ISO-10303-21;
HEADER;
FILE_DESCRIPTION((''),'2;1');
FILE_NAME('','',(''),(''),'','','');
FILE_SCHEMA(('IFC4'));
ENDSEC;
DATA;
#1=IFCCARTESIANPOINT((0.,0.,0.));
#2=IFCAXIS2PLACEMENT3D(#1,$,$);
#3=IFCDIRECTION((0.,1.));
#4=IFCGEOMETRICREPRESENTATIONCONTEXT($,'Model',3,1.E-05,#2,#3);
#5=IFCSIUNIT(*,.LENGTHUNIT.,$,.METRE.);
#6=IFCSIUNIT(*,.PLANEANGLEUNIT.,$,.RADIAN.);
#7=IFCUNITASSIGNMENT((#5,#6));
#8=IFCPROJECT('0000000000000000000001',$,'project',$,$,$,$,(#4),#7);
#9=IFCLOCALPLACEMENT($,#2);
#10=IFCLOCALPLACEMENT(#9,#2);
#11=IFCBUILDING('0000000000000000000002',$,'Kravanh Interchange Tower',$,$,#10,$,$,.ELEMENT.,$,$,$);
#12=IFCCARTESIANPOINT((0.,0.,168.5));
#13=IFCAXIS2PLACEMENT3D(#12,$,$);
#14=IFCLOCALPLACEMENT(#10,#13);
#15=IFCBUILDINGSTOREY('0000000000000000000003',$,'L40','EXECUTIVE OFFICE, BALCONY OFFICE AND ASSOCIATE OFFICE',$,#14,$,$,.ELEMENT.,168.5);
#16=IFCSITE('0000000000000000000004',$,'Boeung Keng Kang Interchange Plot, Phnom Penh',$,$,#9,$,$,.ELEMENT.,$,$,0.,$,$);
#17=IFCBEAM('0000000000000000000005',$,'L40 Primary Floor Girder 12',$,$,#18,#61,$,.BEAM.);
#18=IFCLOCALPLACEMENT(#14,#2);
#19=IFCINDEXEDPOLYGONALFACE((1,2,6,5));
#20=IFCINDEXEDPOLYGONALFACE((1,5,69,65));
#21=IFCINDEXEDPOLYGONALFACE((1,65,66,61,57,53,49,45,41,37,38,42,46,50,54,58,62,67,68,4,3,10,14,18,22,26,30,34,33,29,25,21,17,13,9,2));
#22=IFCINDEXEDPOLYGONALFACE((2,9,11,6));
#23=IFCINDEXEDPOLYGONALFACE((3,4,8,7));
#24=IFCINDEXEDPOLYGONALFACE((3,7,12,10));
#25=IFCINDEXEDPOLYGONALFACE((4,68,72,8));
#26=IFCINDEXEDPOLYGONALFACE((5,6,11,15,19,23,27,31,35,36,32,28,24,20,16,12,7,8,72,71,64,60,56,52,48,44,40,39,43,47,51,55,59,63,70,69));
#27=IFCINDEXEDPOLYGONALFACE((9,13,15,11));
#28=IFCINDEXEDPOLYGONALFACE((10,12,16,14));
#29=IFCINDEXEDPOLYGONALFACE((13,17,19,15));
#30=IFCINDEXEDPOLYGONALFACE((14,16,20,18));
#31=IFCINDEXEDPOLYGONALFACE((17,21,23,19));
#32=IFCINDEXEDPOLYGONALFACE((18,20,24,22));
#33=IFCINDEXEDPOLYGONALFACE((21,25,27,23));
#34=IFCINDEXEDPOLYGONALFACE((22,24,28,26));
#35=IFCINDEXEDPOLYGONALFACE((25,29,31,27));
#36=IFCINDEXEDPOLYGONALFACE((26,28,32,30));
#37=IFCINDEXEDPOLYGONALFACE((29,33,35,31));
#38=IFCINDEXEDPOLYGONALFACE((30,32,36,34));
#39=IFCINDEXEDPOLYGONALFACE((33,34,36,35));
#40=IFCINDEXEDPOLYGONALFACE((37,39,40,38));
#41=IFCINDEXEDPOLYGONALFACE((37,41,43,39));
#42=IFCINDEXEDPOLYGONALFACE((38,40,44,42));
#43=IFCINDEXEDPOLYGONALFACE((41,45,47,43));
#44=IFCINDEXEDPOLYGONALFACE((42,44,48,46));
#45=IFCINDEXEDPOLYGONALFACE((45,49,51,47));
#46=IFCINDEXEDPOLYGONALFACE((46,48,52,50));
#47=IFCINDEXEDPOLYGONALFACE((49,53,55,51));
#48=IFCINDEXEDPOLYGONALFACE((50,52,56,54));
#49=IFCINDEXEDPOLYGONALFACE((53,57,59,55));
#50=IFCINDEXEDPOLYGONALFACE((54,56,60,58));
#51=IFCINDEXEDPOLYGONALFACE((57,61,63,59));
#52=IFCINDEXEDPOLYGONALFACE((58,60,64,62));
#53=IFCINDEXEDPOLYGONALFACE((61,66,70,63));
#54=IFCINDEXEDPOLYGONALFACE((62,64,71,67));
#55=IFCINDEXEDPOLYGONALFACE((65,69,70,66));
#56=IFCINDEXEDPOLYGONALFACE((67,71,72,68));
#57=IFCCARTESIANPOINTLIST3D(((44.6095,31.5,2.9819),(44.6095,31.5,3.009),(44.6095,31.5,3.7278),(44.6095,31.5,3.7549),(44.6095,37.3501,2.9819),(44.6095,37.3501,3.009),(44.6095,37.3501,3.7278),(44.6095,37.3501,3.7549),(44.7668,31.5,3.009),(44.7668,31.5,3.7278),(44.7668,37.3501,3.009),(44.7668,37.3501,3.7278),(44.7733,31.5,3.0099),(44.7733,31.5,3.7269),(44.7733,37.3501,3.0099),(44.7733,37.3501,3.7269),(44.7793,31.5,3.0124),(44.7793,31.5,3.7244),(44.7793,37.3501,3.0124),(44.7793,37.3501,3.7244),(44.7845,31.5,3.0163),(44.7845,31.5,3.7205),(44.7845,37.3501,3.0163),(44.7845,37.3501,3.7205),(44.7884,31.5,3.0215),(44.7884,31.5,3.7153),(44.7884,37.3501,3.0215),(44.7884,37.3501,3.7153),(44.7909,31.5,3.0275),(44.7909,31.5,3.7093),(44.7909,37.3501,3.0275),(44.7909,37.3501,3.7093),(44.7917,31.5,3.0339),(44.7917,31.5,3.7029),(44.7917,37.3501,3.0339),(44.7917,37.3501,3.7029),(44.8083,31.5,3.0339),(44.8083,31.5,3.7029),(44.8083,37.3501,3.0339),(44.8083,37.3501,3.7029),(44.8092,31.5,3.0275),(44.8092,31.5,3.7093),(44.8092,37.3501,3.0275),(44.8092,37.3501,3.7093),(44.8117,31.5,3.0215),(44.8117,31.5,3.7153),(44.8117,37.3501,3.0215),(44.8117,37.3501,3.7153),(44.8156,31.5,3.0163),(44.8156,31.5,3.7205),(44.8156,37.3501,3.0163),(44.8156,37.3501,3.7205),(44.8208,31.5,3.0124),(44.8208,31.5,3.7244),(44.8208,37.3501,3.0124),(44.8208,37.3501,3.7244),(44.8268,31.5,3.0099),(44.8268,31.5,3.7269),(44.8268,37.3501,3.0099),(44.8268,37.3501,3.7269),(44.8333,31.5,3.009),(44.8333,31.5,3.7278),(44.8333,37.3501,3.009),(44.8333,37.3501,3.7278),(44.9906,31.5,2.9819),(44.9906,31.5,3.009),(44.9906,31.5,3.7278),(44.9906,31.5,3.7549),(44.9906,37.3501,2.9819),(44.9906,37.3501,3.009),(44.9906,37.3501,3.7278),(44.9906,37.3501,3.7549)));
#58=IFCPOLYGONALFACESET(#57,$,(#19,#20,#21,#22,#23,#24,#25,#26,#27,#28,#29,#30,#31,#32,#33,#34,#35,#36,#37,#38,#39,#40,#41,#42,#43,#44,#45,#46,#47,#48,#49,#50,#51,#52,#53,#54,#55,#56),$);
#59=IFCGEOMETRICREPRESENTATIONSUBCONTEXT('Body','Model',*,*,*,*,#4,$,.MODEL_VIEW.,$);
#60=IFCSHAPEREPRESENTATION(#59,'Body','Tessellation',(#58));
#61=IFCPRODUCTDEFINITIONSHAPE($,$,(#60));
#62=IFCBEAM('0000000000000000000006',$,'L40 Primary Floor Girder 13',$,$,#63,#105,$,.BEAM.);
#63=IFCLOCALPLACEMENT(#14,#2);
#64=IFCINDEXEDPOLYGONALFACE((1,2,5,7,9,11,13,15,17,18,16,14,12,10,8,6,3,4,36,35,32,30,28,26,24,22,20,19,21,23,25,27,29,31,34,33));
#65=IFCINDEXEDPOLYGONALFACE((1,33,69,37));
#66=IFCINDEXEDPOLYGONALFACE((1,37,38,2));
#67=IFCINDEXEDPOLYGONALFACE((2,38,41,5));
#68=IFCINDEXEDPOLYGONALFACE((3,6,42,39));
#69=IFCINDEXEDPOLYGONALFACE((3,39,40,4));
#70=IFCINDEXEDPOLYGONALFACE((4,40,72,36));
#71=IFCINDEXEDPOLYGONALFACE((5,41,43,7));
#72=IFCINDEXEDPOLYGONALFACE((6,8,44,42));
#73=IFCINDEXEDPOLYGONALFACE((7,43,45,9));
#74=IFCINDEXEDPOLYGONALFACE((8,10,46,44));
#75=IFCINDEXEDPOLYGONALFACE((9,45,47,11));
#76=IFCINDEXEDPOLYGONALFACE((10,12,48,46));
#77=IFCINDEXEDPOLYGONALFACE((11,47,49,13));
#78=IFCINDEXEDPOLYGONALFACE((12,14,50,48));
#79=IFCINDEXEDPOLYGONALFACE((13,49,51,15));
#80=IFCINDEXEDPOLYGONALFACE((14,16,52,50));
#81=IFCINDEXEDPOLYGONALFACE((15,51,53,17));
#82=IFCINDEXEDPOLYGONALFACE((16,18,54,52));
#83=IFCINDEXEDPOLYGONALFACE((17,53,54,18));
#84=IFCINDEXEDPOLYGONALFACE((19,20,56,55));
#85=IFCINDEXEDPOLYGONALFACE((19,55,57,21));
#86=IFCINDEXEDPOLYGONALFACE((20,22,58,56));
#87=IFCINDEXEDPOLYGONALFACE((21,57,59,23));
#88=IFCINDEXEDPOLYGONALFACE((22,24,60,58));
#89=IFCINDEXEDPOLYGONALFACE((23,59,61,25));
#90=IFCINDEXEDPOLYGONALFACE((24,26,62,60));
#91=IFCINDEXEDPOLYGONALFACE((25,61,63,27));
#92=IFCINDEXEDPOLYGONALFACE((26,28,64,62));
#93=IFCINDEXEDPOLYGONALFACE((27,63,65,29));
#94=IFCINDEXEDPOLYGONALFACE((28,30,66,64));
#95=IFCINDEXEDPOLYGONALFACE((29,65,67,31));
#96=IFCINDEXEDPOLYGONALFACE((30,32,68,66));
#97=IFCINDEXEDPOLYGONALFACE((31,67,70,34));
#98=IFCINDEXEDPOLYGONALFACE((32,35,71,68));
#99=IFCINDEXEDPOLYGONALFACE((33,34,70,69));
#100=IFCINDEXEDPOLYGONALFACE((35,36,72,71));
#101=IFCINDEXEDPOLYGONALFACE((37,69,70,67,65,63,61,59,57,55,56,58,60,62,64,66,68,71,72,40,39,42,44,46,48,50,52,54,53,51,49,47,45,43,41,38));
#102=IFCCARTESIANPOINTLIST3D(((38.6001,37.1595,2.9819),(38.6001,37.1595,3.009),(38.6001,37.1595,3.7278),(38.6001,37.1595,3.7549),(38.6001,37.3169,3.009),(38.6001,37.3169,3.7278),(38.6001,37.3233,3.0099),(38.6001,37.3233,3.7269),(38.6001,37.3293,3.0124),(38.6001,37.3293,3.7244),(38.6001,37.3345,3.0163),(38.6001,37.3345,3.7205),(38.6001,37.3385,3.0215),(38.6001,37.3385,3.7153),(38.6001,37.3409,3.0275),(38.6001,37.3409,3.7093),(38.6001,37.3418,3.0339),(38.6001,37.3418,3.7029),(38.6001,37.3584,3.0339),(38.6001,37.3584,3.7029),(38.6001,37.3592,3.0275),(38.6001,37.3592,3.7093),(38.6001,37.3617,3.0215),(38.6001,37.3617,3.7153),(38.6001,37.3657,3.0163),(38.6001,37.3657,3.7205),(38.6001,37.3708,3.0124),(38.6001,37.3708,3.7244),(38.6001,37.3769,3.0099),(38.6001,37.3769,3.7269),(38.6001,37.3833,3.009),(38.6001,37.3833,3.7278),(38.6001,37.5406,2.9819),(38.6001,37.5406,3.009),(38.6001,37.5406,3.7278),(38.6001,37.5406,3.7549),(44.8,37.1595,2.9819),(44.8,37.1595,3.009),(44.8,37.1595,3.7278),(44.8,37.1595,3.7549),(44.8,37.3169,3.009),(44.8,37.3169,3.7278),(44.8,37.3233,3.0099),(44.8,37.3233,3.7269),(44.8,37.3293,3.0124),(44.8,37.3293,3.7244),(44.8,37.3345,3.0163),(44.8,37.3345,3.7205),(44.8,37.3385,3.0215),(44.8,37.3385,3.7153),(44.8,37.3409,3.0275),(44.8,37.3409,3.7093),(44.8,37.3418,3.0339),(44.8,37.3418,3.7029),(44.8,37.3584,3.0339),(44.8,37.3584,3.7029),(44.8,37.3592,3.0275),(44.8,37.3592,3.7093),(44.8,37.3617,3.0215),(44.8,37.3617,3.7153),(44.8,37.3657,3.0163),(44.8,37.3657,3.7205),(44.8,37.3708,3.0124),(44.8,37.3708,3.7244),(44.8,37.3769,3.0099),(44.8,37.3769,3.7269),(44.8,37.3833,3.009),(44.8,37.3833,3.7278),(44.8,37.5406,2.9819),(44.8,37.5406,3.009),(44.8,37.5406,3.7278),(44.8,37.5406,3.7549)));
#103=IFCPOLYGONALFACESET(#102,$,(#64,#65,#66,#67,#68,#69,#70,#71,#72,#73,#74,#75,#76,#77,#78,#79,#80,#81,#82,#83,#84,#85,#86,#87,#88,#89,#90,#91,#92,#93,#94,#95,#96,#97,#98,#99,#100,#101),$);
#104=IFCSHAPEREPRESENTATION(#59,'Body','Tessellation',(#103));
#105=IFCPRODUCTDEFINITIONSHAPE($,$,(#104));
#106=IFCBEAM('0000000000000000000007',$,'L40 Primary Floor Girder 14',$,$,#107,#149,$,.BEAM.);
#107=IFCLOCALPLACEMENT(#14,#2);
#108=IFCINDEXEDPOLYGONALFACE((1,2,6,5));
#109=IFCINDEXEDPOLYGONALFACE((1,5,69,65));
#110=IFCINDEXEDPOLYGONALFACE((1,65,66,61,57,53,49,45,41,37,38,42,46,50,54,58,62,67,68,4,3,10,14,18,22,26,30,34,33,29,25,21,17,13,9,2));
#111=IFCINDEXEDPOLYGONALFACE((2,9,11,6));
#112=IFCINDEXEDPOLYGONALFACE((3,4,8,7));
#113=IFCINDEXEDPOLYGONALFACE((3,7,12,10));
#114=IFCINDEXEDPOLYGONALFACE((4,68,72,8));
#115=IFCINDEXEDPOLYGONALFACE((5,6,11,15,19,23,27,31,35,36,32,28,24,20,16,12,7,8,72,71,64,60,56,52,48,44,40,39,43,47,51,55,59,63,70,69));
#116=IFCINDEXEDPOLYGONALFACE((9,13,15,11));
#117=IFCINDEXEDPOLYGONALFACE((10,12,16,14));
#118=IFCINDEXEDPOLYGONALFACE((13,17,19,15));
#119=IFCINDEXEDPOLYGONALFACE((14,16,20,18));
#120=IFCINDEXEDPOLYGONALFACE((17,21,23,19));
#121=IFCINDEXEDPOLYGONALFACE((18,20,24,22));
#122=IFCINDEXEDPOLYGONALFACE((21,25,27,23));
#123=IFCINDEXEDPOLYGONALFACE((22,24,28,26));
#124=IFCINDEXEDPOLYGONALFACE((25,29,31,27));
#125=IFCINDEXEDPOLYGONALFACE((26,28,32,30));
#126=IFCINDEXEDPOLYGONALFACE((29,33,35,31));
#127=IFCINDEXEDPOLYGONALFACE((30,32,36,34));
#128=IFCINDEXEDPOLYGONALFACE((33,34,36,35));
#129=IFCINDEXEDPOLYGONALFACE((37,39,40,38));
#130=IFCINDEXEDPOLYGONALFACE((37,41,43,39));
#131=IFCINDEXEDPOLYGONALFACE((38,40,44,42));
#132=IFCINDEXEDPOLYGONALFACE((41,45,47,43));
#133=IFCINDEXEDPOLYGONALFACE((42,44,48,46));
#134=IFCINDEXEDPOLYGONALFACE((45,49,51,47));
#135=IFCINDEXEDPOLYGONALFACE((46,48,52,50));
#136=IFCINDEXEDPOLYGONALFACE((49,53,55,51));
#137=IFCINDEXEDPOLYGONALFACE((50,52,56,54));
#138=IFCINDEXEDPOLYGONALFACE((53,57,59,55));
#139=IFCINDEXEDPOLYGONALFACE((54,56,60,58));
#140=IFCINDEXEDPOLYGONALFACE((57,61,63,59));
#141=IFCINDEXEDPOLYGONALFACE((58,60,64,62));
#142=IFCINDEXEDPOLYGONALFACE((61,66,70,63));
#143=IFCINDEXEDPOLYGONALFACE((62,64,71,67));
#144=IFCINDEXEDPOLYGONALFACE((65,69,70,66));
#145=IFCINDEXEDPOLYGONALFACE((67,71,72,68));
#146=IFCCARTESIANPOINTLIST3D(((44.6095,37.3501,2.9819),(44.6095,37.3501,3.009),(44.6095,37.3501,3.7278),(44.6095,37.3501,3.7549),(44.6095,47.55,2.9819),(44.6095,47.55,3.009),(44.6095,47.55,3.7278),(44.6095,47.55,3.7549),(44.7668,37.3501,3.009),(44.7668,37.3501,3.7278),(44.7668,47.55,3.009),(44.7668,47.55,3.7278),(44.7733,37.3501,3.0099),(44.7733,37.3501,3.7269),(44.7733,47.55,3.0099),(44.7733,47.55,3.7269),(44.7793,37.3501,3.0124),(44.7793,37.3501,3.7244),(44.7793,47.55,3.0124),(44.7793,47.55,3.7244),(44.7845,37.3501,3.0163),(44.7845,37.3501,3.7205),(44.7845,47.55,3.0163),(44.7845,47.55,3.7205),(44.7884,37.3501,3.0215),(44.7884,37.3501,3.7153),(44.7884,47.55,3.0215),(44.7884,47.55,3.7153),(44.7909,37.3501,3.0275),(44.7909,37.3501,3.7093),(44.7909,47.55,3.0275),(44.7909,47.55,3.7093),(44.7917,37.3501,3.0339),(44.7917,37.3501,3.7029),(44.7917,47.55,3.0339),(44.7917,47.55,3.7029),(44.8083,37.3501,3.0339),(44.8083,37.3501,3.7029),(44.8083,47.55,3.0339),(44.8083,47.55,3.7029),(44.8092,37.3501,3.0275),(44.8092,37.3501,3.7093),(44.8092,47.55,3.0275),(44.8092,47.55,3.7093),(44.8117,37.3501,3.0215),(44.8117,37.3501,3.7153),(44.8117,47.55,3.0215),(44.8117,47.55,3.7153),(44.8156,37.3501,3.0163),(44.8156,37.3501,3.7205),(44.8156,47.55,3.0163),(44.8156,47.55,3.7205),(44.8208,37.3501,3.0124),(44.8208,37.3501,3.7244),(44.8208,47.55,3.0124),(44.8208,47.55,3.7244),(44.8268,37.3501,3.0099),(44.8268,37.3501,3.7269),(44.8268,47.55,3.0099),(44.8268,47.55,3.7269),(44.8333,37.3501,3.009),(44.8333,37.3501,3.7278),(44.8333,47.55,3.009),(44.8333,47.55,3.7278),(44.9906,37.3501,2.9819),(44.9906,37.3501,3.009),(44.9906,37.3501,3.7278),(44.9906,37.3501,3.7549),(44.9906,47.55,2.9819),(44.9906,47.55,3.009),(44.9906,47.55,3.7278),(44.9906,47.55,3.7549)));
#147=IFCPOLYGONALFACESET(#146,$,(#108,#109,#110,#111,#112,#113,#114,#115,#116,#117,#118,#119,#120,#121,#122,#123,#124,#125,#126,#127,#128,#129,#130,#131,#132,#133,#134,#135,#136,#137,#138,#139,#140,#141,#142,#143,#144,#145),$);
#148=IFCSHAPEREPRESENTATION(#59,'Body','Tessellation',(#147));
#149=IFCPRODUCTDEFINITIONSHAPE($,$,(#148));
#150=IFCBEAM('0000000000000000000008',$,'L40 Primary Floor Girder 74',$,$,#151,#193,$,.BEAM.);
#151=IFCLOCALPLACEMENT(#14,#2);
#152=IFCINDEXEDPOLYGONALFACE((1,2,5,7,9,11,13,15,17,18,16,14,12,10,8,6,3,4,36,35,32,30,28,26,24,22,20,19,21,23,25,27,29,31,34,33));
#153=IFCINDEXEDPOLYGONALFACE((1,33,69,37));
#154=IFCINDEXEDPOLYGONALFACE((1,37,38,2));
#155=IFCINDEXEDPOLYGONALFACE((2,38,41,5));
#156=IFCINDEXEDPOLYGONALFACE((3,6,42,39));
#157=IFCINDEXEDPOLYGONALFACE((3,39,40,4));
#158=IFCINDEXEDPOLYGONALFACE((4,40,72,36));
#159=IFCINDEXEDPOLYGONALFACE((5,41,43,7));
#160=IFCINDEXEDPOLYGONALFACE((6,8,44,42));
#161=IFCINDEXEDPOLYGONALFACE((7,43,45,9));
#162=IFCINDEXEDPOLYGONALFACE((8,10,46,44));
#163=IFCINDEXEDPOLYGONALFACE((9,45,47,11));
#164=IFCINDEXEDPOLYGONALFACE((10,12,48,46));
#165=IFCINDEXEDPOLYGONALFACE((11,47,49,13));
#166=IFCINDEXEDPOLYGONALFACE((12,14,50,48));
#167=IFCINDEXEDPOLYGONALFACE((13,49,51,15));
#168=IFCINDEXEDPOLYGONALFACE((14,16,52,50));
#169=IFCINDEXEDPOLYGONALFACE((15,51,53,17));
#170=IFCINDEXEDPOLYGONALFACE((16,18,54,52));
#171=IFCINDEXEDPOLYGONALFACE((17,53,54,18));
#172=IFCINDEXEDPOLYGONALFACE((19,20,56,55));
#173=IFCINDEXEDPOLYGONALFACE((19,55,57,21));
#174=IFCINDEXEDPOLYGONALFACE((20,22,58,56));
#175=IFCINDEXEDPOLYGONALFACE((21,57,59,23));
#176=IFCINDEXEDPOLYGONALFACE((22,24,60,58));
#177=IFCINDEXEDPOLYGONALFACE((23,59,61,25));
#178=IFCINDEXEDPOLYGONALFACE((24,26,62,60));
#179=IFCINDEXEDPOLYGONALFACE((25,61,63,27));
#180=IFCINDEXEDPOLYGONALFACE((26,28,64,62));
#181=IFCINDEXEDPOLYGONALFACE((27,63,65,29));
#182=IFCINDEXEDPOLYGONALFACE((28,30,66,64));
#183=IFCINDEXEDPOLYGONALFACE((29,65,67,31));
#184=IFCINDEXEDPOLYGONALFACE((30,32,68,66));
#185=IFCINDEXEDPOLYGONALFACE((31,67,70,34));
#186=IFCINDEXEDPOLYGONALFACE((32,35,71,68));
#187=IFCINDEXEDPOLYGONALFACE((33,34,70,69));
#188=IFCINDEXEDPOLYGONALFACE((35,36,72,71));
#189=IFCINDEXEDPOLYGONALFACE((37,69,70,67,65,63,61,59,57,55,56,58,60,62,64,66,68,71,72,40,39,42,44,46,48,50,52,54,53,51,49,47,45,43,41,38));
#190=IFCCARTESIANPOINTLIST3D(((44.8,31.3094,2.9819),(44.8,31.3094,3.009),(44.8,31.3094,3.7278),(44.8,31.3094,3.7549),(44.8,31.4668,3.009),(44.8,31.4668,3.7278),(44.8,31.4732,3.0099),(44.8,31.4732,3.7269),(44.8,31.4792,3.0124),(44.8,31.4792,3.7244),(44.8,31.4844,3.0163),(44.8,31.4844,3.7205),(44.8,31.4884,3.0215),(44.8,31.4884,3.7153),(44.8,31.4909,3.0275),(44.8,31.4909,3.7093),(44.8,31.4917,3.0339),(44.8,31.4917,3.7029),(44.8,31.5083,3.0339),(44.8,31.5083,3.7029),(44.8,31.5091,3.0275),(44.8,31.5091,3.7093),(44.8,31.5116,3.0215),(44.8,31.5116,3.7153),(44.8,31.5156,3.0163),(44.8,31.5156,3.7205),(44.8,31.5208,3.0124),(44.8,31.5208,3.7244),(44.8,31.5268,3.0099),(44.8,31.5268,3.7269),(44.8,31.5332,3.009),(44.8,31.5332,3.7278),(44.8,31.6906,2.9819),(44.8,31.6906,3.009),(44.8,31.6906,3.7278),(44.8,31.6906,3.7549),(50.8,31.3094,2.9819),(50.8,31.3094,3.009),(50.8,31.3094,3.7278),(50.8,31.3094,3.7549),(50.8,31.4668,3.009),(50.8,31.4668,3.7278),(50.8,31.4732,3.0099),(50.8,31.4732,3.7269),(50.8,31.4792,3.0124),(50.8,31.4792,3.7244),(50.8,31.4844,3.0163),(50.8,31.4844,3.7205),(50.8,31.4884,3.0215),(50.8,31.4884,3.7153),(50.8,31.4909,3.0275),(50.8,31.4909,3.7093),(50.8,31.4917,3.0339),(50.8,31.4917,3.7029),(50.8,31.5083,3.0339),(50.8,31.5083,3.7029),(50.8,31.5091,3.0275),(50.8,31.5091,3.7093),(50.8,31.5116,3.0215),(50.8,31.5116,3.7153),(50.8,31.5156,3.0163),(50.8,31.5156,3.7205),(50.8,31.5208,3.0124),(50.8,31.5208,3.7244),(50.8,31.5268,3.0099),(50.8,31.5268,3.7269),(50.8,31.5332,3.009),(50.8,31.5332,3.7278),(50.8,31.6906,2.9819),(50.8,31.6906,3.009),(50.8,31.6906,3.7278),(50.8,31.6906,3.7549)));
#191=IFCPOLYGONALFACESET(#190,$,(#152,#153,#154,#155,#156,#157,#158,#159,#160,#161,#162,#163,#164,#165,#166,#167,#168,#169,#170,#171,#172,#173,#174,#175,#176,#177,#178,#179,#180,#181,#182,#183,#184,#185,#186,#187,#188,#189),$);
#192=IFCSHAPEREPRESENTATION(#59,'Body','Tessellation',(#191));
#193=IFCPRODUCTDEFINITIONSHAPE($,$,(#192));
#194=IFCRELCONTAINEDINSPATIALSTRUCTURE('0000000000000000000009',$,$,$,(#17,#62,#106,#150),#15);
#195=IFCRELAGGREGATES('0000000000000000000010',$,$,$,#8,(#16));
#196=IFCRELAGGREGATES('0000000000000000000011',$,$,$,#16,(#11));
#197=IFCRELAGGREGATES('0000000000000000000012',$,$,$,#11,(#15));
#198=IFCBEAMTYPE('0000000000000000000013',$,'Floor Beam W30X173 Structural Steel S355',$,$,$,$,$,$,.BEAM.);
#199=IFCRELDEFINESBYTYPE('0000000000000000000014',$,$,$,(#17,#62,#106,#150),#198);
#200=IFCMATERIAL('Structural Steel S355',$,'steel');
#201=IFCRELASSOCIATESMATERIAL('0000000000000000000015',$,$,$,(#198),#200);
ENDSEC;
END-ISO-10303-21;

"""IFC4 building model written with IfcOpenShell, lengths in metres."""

from ifc_helpers import new_model, si_unit, direction, frame, origin, origin_2d, place, context, subcontext, project, spatial, i_section, extrude, material, material_profile, profile_set, type_object, element, save


model = new_model("IFC4")

# Units and contexts
model_context = context("Model", 3, precision=1e-05, world=origin(), true_north=direction((0.0, 1.0)))
body_context = subcontext(model_context, "Body", "Model", "MODEL_VIEW")
ifc_project = project(units=[si_unit("LENGTHUNIT", "METRE"), si_unit("PLANEANGLEUNIT", "RADIAN")], contexts=[model_context])

# Site, building, storey
site_placement = place(None, origin())
site = spatial("IfcSite", under=ifc_project, at=site_placement, Name="Boeung Keng Kang Interchange Plot, Phnom Penh", CompositionType="ELEMENT", RefElevation=0.0)
building_placement = place(site_placement, origin())
building = spatial("IfcBuilding", under=site, at=building_placement, Name="Kravanh Interchange Tower", CompositionType="ELEMENT")
storey_placement = place(building_placement, frame((0.0, 0.0, 168.5)))
storey = spatial("IfcBuildingStorey", under=building, at=storey_placement, Name="L40", Description="EXECUTIVE OFFICE, BALCONY OFFICE AND ASSOCIATE OFFICE", CompositionType="ELEMENT", Elevation=168.5)

# Beams
ifc_material_1 = material(Name="Structural Steel S355", Category="steel")
ifc_material_profile_1 = material_profile(ifc_material_1, i_section(OverallWidth=0.3811, OverallDepth=0.7729, WebThickness=0.0166, FlangeThickness=0.0271, FilletRadius=0.0249, at=origin_2d()), Name="W30X173")
ifc_profile_set_1 = profile_set([ifc_material_profile_1], Name="Structural Steel S355")
beam_type_1 = type_object("IfcBeamType", Name="Floor Beam W30X173 Structural Steel S355", PredefinedType="BEAM", material=ifc_profile_set_1)
beam_1_placement = place(storey_placement, frame((44.8, 37.3501, 3.3684), z_axis=(0.0, -1.0, 0.0), x_axis=(1.0, 0.0, 0.0)))
element("IfcBeam", 1, at=beam_1_placement, inside=storey, type_object=beam_type_1, Name="L40 Primary Floor Girder 12", PredefinedType="BEAM", context=body_context, shape_type="SweptSolid", body=[
    extrude(i_section(OverallWidth=0.3811, OverallDepth=0.7729, WebThickness=0.0166, FlangeThickness=0.0271, FilletRadius=0.0249, at=origin_2d()), origin(), (0.0, 0.0, 1.0), 5.8501),
])
beam_2_placement = place(storey_placement, frame((44.8, 37.3501, 3.3684), z_axis=(-1.0, 0.0, 0.0), x_axis=(0.0, -1.0, 0.0)))
element("IfcBeam", 2, at=beam_2_placement, inside=storey, type_object=beam_type_1, Name="L40 Primary Floor Girder 13", PredefinedType="BEAM", context=body_context, shape_type="SweptSolid", body=[
    extrude(i_section(OverallWidth=0.3811, OverallDepth=0.7729, WebThickness=0.0166, FlangeThickness=0.0271, FilletRadius=0.0249, at=origin_2d()), origin(), (0.0, 0.0, 1.0), 6.2),
])
beam_3_placement = place(storey_placement, frame((44.8, 37.3501, 3.3684), z_axis=(0.0, 1.0, 0.0), x_axis=(-1.0, 0.0, 0.0)))
element("IfcBeam", 3, at=beam_3_placement, inside=storey, type_object=beam_type_1, Name="L40 Primary Floor Girder 14", PredefinedType="BEAM", context=body_context, shape_type="SweptSolid", body=[
    extrude(i_section(OverallWidth=0.3811, OverallDepth=0.7729, WebThickness=0.0166, FlangeThickness=0.0271, FilletRadius=0.0249, at=origin_2d()), origin(), (0.0, 0.0, 1.0), 10.2),
])
beam_4_placement = place(storey_placement, frame((44.8, 31.5, 3.3684), z_axis=(1.0, 0.0, 0.0), x_axis=(0.0, 1.0, 0.0)))
element("IfcBeam", 4, at=beam_4_placement, inside=storey, type_object=beam_type_1, Name="L40 Primary Floor Girder 74", PredefinedType="BEAM", context=body_context, shape_type="SweptSolid", body=[
    extrude(i_section(OverallWidth=0.3811, OverallDepth=0.7729, WebThickness=0.0166, FlangeThickness=0.0271, FilletRadius=0.0249, at=origin_2d()), origin(), (0.0, 0.0, 1.0), 6.0),
])

save(model, "model.ifc")
